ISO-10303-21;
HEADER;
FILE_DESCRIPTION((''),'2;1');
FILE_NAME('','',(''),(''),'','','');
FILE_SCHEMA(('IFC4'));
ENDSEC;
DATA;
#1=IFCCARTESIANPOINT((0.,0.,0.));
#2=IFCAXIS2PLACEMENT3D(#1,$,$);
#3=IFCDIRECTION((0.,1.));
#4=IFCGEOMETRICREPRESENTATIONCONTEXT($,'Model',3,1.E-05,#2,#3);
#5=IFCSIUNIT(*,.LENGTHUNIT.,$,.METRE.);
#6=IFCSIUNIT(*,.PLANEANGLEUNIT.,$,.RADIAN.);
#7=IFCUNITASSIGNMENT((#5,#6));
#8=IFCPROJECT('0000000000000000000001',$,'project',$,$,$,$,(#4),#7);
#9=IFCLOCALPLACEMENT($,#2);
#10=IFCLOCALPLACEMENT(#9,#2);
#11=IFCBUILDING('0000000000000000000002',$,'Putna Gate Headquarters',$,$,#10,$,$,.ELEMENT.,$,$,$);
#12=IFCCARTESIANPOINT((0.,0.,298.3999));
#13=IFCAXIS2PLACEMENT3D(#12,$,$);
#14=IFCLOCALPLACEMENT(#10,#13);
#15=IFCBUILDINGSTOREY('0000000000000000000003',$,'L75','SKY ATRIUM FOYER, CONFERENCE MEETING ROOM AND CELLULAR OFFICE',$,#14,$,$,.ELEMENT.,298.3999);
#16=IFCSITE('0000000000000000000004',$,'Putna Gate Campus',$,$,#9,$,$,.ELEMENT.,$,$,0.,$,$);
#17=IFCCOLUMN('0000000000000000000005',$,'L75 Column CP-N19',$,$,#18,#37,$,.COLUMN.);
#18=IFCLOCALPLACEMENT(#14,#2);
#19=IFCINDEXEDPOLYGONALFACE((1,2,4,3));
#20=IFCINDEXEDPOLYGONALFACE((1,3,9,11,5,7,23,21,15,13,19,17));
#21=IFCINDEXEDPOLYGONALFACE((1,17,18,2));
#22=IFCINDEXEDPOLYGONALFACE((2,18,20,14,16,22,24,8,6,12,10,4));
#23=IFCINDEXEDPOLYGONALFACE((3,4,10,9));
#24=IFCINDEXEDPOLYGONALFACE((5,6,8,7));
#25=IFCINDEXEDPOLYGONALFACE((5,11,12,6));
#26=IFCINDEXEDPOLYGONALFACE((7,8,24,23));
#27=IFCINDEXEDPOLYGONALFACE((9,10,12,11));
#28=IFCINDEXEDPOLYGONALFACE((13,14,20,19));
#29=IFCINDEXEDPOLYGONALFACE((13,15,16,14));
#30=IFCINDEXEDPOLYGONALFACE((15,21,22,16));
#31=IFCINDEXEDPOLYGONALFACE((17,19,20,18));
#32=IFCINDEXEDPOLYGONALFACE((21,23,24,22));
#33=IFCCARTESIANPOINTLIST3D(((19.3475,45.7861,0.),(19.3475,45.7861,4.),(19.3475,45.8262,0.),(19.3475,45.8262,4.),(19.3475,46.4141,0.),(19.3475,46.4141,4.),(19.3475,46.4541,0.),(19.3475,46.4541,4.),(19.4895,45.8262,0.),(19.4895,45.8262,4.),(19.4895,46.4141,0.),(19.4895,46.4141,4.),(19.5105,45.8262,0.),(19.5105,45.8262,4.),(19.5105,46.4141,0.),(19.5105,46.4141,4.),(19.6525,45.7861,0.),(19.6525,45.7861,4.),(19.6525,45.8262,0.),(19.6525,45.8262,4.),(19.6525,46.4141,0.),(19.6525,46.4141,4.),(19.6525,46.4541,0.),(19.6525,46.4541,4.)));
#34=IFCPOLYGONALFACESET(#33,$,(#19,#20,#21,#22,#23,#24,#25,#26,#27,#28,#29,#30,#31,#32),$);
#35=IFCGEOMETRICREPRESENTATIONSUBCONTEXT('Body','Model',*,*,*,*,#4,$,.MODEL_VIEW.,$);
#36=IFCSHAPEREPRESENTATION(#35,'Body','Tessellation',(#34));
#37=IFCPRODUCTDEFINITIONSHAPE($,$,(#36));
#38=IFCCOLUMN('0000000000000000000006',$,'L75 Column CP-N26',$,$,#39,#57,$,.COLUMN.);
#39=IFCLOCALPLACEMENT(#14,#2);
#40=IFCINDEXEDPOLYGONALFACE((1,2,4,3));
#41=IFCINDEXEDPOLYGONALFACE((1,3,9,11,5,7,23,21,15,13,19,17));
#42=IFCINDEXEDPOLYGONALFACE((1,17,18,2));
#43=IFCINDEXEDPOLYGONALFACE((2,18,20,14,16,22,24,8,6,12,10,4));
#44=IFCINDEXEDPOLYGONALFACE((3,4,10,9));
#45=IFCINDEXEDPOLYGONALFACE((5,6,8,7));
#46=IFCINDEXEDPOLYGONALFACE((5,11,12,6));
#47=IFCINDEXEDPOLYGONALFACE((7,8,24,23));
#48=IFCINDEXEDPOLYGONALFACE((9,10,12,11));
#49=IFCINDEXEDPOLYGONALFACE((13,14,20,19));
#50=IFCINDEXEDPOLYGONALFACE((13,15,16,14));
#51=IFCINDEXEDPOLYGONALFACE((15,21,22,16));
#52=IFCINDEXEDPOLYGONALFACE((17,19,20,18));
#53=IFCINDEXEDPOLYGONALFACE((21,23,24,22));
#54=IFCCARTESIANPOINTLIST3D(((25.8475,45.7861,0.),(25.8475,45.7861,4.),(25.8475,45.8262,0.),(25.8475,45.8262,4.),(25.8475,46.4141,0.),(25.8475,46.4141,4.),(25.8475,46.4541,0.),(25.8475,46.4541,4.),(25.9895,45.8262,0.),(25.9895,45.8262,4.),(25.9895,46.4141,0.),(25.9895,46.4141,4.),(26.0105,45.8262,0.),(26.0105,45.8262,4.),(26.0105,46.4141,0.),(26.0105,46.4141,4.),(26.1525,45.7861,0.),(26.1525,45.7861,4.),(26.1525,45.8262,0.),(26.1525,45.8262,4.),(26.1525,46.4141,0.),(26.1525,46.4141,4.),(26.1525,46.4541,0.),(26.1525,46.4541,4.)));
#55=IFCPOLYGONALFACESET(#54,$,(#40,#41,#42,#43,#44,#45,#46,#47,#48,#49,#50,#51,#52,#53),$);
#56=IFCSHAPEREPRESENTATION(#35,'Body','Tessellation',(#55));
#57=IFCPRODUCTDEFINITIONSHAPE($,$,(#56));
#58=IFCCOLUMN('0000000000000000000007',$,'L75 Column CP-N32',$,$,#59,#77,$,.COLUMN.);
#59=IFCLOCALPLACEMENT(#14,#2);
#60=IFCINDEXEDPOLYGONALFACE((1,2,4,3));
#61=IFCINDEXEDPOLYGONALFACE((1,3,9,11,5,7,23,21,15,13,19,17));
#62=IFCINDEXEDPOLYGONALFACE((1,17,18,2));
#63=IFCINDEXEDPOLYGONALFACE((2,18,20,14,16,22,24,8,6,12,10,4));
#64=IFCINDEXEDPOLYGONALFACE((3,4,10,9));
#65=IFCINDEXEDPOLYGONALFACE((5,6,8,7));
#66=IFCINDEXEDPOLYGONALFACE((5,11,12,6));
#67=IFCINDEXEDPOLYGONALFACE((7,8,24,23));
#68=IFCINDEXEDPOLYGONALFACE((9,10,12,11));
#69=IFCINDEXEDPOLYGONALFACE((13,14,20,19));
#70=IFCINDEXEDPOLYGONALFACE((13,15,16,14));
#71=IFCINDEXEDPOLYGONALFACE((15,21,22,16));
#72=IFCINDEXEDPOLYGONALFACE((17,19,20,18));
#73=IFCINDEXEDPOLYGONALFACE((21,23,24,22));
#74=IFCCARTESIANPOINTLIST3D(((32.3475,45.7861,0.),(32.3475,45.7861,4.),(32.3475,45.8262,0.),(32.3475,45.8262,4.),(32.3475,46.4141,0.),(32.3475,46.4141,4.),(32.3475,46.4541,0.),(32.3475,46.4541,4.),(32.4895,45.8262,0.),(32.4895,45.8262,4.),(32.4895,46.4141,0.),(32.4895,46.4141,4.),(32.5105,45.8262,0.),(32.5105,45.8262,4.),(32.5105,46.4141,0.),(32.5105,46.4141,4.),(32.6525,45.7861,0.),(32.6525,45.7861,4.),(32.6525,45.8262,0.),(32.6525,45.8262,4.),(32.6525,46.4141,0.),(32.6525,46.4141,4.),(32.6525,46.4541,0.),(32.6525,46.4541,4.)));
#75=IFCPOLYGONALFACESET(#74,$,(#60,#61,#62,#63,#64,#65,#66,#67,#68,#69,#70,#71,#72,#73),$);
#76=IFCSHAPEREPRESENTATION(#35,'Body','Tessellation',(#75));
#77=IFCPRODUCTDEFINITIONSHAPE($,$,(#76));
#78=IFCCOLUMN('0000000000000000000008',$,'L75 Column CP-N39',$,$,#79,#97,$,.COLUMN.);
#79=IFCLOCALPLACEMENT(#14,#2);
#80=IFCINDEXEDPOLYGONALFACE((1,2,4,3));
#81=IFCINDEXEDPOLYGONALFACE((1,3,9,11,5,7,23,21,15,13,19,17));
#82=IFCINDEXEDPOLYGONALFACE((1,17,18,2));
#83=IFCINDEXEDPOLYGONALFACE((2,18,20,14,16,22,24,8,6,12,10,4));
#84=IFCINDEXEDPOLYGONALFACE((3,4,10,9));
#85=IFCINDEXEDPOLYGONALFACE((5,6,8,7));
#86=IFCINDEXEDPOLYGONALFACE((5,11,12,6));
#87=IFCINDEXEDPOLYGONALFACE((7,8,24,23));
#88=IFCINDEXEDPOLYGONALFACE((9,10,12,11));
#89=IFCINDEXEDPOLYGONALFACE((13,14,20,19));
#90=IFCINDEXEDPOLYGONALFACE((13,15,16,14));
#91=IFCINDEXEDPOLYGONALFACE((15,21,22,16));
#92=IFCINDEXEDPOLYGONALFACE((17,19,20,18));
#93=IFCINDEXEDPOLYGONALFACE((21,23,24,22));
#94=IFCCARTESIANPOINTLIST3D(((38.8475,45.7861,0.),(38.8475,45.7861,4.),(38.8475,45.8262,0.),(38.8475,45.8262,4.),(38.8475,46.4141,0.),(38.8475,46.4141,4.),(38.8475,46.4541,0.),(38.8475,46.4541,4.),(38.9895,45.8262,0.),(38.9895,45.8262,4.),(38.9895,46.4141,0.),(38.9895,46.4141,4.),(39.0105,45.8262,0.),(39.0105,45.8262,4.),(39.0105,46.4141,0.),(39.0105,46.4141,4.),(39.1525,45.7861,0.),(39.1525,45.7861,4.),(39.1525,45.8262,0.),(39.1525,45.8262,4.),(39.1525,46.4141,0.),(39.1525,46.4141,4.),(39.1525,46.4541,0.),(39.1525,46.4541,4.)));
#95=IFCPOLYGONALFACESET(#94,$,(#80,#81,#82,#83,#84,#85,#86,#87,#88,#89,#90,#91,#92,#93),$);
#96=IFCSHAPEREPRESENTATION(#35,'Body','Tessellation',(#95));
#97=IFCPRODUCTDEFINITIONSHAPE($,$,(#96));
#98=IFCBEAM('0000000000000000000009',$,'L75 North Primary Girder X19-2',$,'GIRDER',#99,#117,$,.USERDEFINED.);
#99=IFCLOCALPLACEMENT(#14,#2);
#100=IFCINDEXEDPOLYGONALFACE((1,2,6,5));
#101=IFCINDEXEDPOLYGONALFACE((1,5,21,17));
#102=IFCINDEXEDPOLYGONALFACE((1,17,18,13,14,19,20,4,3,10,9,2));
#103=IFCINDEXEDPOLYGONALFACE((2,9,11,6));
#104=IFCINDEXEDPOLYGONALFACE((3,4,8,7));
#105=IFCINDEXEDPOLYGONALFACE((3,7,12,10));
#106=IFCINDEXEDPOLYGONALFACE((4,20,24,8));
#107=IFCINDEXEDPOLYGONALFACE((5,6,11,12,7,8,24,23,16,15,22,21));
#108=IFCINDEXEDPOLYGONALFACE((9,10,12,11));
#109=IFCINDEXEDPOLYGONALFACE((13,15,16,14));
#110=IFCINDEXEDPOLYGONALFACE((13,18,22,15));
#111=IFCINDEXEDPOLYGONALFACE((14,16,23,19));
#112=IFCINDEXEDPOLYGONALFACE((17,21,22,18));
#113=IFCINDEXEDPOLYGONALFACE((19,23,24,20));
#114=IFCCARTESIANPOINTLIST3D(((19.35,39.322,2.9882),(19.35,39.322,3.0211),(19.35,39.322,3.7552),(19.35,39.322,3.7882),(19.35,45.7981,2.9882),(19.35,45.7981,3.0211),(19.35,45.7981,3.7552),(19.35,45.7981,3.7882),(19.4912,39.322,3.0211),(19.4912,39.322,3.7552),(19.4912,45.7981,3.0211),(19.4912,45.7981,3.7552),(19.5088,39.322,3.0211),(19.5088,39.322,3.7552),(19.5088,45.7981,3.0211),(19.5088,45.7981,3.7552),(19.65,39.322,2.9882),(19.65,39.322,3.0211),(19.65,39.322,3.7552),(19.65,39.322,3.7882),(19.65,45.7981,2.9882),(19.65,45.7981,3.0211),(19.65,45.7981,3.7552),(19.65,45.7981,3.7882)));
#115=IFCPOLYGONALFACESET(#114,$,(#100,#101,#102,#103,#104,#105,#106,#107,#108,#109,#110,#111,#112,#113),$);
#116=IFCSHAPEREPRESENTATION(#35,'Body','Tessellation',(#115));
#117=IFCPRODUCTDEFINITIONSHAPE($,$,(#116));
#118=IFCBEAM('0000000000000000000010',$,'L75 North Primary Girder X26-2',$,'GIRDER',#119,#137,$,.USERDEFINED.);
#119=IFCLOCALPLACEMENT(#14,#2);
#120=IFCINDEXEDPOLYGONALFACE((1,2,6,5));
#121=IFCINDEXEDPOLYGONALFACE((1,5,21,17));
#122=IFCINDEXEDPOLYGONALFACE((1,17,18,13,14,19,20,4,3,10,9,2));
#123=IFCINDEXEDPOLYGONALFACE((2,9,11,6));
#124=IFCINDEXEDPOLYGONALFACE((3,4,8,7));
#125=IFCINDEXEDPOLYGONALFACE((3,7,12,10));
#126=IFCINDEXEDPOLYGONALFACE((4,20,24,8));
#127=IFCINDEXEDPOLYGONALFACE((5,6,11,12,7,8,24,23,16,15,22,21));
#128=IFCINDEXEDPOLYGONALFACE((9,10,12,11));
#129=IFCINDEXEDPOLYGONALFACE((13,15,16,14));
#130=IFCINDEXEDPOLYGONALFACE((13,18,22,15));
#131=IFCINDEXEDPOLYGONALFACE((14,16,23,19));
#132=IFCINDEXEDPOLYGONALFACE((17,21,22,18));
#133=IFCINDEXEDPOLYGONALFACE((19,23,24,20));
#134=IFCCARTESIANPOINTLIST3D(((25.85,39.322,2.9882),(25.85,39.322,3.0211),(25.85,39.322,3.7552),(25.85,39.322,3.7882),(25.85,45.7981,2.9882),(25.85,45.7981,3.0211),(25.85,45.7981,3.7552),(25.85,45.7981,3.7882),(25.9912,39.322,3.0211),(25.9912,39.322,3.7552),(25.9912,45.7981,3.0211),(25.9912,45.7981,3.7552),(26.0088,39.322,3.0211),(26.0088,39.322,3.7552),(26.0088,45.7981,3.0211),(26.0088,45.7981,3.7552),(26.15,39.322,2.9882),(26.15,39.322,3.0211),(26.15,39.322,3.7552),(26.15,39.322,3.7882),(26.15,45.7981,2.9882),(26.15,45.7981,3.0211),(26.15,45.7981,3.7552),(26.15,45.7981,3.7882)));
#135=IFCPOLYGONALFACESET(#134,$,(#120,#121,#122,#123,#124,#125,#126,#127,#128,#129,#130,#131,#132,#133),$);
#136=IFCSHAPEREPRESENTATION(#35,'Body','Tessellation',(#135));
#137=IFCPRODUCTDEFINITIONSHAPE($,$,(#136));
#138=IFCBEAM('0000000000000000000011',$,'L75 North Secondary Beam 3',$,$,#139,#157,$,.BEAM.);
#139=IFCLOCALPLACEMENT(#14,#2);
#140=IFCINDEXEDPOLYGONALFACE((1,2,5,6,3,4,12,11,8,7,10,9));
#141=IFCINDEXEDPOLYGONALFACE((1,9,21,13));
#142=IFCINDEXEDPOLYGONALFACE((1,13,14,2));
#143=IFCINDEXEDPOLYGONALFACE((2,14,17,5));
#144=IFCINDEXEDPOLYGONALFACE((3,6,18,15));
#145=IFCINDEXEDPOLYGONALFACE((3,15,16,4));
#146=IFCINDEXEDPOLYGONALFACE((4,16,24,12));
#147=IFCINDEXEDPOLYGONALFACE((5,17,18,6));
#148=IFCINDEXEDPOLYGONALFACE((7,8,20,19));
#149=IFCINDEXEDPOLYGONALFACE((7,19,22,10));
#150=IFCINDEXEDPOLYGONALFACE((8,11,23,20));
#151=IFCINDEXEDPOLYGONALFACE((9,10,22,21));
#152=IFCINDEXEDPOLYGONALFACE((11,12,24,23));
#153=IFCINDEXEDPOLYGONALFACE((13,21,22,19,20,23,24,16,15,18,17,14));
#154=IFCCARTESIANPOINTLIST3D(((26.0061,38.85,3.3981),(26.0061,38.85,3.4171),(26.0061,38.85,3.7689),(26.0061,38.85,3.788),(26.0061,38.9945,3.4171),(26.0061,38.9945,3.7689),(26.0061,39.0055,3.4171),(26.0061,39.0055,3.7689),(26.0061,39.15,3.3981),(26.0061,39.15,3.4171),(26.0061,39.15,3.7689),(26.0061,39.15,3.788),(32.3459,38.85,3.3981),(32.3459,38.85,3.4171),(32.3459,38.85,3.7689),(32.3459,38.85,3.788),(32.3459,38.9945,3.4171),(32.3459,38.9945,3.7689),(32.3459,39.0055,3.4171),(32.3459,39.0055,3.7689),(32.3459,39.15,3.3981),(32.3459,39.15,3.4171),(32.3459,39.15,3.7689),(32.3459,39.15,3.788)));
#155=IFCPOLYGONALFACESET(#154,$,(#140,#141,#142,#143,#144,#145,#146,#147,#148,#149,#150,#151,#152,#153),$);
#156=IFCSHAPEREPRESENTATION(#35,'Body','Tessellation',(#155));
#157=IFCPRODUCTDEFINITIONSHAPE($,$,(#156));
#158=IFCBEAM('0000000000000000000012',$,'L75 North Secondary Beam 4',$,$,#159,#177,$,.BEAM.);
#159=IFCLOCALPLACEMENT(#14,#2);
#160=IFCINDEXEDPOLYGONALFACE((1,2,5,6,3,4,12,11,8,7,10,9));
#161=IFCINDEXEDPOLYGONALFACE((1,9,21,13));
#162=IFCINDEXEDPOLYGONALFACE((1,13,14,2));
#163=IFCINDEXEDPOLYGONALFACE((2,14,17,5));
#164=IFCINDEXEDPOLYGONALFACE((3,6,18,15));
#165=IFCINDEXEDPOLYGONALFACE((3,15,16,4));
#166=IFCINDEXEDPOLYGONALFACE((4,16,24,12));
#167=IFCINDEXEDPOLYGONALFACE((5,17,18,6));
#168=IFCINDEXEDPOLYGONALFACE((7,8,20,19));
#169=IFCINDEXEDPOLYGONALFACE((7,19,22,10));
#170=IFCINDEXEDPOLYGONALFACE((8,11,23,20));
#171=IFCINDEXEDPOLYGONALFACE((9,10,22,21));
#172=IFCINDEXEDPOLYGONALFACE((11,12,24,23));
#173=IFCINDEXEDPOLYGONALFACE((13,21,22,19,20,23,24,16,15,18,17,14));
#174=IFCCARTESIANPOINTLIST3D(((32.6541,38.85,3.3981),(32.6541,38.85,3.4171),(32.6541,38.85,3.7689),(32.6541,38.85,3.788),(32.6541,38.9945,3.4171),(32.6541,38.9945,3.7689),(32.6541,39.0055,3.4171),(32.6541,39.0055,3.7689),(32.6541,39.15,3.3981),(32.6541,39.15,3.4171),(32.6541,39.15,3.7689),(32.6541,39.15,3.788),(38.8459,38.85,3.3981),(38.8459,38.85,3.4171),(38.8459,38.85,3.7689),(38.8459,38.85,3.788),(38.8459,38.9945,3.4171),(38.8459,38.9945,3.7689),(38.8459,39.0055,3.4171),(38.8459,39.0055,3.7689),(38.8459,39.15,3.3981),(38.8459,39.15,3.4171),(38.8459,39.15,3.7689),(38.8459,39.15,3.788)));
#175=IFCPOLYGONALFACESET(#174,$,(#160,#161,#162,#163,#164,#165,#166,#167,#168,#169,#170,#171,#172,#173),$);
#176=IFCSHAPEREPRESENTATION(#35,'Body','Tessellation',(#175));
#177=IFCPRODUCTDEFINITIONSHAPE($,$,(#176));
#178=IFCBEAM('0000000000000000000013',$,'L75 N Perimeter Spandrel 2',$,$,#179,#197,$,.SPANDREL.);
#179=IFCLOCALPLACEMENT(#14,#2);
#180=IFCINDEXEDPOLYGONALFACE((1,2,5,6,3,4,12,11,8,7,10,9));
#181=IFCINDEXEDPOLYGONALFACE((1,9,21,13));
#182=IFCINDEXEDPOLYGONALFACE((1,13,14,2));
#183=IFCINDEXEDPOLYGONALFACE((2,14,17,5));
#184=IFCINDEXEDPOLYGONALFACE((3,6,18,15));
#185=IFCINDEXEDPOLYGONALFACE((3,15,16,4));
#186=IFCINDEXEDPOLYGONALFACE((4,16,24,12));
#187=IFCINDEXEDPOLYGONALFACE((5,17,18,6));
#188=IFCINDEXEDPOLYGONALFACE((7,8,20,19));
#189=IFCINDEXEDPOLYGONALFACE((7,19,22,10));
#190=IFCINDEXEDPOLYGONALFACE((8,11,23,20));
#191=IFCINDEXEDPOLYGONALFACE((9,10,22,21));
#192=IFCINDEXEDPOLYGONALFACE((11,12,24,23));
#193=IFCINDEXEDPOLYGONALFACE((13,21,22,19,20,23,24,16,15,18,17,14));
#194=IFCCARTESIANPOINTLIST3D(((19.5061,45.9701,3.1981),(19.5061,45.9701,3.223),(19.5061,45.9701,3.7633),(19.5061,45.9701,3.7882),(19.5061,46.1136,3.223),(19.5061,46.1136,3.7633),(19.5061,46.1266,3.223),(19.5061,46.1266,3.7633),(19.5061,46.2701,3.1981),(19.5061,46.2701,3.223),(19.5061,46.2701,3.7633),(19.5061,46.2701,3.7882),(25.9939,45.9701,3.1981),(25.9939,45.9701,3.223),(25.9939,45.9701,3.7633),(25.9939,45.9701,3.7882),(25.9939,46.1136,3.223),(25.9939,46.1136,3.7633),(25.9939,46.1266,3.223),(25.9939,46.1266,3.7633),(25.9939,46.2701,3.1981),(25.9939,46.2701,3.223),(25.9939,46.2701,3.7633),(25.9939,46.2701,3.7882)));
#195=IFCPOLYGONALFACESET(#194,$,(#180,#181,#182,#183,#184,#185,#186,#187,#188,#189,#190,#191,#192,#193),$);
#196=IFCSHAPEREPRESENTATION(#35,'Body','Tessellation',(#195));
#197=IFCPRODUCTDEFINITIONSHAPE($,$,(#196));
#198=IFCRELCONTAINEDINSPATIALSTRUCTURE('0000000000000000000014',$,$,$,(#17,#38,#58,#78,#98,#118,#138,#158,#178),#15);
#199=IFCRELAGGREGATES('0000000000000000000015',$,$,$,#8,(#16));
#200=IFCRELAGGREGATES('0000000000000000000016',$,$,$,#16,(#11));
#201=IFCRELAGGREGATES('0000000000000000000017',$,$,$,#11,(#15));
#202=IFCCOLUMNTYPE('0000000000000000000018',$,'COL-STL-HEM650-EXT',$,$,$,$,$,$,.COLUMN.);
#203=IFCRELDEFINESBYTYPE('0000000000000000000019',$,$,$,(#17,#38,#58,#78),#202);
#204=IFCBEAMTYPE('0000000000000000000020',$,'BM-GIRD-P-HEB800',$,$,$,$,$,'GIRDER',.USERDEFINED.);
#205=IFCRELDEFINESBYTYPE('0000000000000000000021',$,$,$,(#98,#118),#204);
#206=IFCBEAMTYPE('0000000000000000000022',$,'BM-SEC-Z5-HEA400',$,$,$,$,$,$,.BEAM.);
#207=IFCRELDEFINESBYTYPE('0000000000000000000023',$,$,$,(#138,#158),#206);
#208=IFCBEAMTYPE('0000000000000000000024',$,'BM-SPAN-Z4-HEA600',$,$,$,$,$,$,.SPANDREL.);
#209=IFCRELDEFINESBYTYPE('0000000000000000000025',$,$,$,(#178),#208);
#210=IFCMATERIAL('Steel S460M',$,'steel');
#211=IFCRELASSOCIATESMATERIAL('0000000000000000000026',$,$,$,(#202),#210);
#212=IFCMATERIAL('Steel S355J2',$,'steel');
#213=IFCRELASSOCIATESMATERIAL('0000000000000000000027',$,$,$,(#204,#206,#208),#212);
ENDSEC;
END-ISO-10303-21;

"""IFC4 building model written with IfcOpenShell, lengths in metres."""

from ifc_helpers import new_model, si_unit, direction, frame, origin, origin_2d, place, context, subcontext, project, spatial, i_section, extrude, material, material_profile, profile_set, type_object, element, save


model = new_model("IFC4")

# Units and contexts
model_context = context("Model", 3, precision=1e-05, world=origin(), true_north=direction((0.0, 1.0)))
body_context = subcontext(model_context, "Body", "Model", "MODEL_VIEW")
ifc_project = project(units=[si_unit("LENGTHUNIT", "METRE"), si_unit("PLANEANGLEUNIT", "RADIAN")], contexts=[model_context])

# Site, building, storey
site_placement = place(None, origin())
site = spatial("IfcSite", under=ifc_project, at=site_placement, Name="Putna Gate Campus", CompositionType="ELEMENT", RefElevation=0.0)
building_placement = place(site_placement, origin())
building = spatial("IfcBuilding", under=site, at=building_placement, Name="Putna Gate Headquarters", CompositionType="ELEMENT")
storey_placement = place(building_placement, frame((0.0, 0.0, 298.3999)))
storey = spatial("IfcBuildingStorey", under=building, at=storey_placement, Name="L75", Description="SKY ATRIUM FOYER, CONFERENCE MEETING ROOM AND CELLULAR OFFICE", CompositionType="ELEMENT", Elevation=298.3999)

# Columns
ifc_material_1 = material(Name="Steel S460M", Category="steel")
ifc_material_profile_1 = material_profile(ifc_material_1, i_section(OverallWidth=0.3049, OverallDepth=0.668, WebThickness=0.021, FlangeThickness=0.04, at=origin_2d()), Name="Steel S460M")
ifc_profile_set_1 = profile_set([ifc_material_profile_1], Name="Steel S460M")
column_type = type_object("IfcColumnType", Name="COL-STL-HEM650-EXT", PredefinedType="COLUMN", material=ifc_profile_set_1)
for number, where, z_axis, x_axis, name in (
    (1, (19.5, 46.1201, 0.0), (0.0, 0.0, 1.0), (1.0, 0.0, 0.0), "L75 Column CP-N19"),
    (2, (26.0, 46.1201, 0.0), (0.0, 0.0, 1.0), (1.0, 0.0, 0.0), "L75 Column CP-N26"),
    (3, (32.5, 46.1201, 0.0), (0.0, 0.0, 1.0), (1.0, 0.0, 0.0), "L75 Column CP-N32"),
    (4, (39.0, 46.1201, 0.0), (0.0, 0.0, 1.0), (1.0, 0.0, 0.0), "L75 Column CP-N39"),
):
    element("IfcColumn", number, at=place(storey_placement, frame(where, z_axis=z_axis, x_axis=x_axis)), inside=storey, type_object=column_type, Name=name, PredefinedType="COLUMN", context=body_context, shape_type="SweptSolid", body=[
        extrude(i_section(OverallWidth=0.3049, OverallDepth=0.668, WebThickness=0.021, FlangeThickness=0.04, at=origin_2d()), origin(), (0.0, 0.0, 1.0), 4.0),
    ])

# Beams
ifc_material_2 = material(Name="Steel S355J2", Category="steel")
ifc_material_profile_2 = material_profile(ifc_material_2, i_section(OverallWidth=0.3, OverallDepth=0.8, WebThickness=0.0176, FlangeThickness=0.033, at=origin_2d()), Name="Steel S355J2")
ifc_profile_set_2 = profile_set([ifc_material_profile_2], Name="Steel S355J2")
beam_type_1 = type_object("IfcBeamType", Name="BM-GIRD-P-HEB800", ElementType="GIRDER", PredefinedType="USERDEFINED", material=ifc_profile_set_2)
for number, where, z_axis, x_axis, name in (
    (5, (19.5, 39.322, 3.3882), (0.0, 1.0, 0.0), (-1.0, 0.0, 0.0), "L75 North Primary Girder X19-2"),
    (6, (26.0, 39.322, 3.3882), (0.0, 1.0, 0.0), (-1.0, 0.0, 0.0), "L75 North Primary Girder X26-2"),
):
    element("IfcBeam", number, at=place(storey_placement, frame(where, z_axis=z_axis, x_axis=x_axis)), inside=storey, type_object=beam_type_1, Name=name, ObjectType="GIRDER", PredefinedType="USERDEFINED", context=body_context, shape_type="SweptSolid", body=[
        extrude(i_section(OverallWidth=0.3, OverallDepth=0.8, WebThickness=0.0176, FlangeThickness=0.033, at=origin_2d()), origin(), (0.0, 0.0, 1.0), 6.4761),
    ])
ifc_material_profile_3 = material_profile(ifc_material_2, i_section(OverallWidth=0.3, OverallDepth=0.3899, WebThickness=0.011, FlangeThickness=0.019, at=origin_2d()), Name="Steel S355J2")
ifc_profile_set_3 = profile_set([ifc_material_profile_3], Name="Steel S355J2")
beam_type_2 = type_object("IfcBeamType", Name="BM-SEC-Z5-HEA400", PredefinedType="BEAM", material=ifc_profile_set_3)
beam_1_placement = place(storey_placement, frame((26.0061, 39.0, 3.593), z_axis=(1.0, 0.0, 0.0), x_axis=(0.0, 1.0, 0.0)))
element("IfcBeam", 7, at=beam_1_placement, inside=storey, type_object=beam_type_2, Name="L75 North Secondary Beam 3", PredefinedType="BEAM", context=body_context, shape_type="SweptSolid", body=[
    extrude(i_section(OverallWidth=0.3, OverallDepth=0.3899, WebThickness=0.011, FlangeThickness=0.019, at=origin_2d()), origin(), (0.0, 0.0, 1.0), 6.3398),
])
beam_2_placement = place(storey_placement, frame((32.6541, 39.0, 3.593), z_axis=(1.0, 0.0, 0.0), x_axis=(0.0, 1.0, 0.0)))
element("IfcBeam", 8, at=beam_2_placement, inside=storey, type_object=beam_type_2, Name="L75 North Secondary Beam 4", PredefinedType="BEAM", context=body_context, shape_type="SweptSolid", body=[
    extrude(i_section(OverallWidth=0.3, OverallDepth=0.3899, WebThickness=0.011, FlangeThickness=0.019, at=origin_2d()), origin(), (0.0, 0.0, 1.0), 6.1919),
])
ifc_material_profile_4 = material_profile(ifc_material_2, i_section(OverallWidth=0.3, OverallDepth=0.5901, WebThickness=0.0129, FlangeThickness=0.0249, at=origin_2d()), Name="Steel S355J2")
ifc_profile_set_4 = profile_set([ifc_material_profile_4], Name="Steel S355J2")
beam_type_3 = type_object("IfcBeamType", Name="BM-SPAN-Z4-HEA600", PredefinedType="SPANDREL", material=ifc_profile_set_4)
for number, where, z_axis, x_axis, name in (
    (9, (19.5061, 46.1201, 3.4932), (1.0, 0.0, 0.0), (0.0, 1.0, 0.0), "L75 N Perimeter Spandrel 2"),
):
    element("IfcBeam", number, at=place(storey_placement, frame(where, z_axis=z_axis, x_axis=x_axis)), inside=storey, type_object=beam_type_3, Name=name, PredefinedType="SPANDREL", context=body_context, shape_type="SweptSolid", body=[
        extrude(i_section(OverallWidth=0.3, OverallDepth=0.5901, WebThickness=0.0129, FlangeThickness=0.0249, at=origin_2d()), origin(), (0.0, 0.0, 1.0), 6.4878),
    ])

save(model, "model.ifc")
